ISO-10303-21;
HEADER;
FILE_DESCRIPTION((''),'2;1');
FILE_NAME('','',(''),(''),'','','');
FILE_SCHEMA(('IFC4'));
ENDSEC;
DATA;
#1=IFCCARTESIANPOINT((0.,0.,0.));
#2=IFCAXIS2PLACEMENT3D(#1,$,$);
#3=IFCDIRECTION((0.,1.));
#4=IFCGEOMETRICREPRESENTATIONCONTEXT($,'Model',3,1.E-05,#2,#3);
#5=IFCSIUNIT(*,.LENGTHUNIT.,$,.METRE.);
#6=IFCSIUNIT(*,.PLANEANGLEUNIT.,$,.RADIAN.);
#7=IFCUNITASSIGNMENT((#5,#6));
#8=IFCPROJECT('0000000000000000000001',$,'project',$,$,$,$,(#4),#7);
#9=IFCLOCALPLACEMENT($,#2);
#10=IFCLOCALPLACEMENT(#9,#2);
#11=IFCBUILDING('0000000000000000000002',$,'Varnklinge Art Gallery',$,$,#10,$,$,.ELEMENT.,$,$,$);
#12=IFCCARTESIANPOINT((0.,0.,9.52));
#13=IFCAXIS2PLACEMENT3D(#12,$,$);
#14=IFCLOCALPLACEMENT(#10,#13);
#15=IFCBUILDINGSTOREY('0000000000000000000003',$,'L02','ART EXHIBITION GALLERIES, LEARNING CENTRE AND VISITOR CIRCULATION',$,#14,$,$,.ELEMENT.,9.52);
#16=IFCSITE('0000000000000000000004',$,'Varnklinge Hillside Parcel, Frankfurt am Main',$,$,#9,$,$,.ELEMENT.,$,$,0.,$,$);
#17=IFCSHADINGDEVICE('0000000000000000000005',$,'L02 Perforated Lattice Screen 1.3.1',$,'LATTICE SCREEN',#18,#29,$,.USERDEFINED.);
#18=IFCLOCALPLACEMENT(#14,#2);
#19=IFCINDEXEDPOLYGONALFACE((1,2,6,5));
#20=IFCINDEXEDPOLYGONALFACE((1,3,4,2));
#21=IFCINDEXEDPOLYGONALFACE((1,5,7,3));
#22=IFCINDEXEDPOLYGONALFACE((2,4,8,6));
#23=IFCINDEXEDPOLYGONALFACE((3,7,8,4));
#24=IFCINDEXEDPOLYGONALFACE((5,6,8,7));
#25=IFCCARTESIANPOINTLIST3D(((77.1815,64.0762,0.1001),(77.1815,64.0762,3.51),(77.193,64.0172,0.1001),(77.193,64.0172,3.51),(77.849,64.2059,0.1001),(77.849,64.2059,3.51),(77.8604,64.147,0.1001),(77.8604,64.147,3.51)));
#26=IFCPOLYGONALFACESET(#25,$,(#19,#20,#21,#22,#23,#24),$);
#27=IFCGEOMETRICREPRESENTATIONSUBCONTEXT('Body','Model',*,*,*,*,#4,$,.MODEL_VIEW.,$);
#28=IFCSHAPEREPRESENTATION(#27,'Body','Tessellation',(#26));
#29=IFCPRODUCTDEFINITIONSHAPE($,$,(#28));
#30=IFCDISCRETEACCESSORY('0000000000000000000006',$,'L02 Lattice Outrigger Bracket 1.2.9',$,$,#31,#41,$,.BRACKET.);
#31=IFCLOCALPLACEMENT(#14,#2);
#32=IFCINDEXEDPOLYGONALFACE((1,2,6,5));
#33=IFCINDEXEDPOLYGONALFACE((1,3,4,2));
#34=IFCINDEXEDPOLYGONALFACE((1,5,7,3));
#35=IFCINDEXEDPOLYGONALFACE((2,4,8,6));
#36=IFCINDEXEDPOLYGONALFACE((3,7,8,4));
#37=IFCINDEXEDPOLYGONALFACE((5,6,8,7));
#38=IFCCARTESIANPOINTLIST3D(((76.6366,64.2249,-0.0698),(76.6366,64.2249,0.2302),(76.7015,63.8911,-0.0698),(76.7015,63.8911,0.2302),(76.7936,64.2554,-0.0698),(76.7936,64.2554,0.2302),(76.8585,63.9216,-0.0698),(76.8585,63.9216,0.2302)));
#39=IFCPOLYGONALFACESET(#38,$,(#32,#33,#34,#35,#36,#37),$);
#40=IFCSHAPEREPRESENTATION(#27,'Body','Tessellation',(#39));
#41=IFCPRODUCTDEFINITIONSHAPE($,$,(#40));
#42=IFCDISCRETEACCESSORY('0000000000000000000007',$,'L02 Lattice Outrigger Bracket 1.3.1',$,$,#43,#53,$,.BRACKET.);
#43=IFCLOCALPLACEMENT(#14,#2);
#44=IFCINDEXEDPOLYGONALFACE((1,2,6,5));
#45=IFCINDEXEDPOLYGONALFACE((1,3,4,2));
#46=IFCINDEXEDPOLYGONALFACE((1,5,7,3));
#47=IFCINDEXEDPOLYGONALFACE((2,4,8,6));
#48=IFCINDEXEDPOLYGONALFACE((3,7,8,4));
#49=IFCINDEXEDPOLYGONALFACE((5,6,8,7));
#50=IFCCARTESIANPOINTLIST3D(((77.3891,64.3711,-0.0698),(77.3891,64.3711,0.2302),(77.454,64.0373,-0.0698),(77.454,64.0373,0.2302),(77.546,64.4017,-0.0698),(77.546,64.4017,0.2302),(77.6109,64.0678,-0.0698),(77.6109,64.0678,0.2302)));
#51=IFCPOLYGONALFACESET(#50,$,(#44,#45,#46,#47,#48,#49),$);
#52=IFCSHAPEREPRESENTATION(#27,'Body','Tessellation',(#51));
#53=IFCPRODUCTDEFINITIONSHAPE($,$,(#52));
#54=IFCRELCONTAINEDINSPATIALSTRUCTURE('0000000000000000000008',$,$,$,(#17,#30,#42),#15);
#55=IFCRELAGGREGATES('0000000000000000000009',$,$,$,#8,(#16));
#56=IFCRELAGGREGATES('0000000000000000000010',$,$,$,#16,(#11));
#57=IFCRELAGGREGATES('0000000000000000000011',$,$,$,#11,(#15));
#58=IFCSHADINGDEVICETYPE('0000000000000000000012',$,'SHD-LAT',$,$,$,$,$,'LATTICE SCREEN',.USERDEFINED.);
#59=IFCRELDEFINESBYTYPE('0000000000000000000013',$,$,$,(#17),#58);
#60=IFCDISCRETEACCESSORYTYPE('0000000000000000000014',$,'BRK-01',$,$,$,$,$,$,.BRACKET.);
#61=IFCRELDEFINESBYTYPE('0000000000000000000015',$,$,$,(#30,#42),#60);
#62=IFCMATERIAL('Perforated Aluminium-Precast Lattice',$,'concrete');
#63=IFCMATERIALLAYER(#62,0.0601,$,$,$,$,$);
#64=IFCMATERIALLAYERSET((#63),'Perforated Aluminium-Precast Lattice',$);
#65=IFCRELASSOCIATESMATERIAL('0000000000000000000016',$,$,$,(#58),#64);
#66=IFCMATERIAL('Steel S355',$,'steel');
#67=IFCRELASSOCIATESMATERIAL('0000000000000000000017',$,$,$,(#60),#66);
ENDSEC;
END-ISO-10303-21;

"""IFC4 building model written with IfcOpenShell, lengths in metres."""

from ifc_helpers import new_model, si_unit, direction, frame, origin, origin_2d, place, context, subcontext, project, spatial, rectangle, extrude, material, layer, layer_set, type_object, element, save


model = new_model("IFC4")

# Units and contexts
model_context = context("Model", 3, precision=1e-05, world=origin(), true_north=direction((0.0, 1.0)))
body_context = subcontext(model_context, "Body", "Model", "MODEL_VIEW")
ifc_project = project(units=[si_unit("LENGTHUNIT", "METRE"), si_unit("PLANEANGLEUNIT", "RADIAN")], contexts=[model_context])

# Site, building, storey
site_placement = place(None, origin())
site = spatial("IfcSite", under=ifc_project, at=site_placement, Name="Varnklinge Hillside Parcel, Frankfurt am Main", CompositionType="ELEMENT", RefElevation=0.0)
building_placement = place(site_placement, origin())
building = spatial("IfcBuilding", under=site, at=building_placement, Name="Varnklinge Art Gallery", CompositionType="ELEMENT")
storey_placement = place(building_placement, frame((0.0, 0.0, 9.52)))
storey = spatial("IfcBuildingStorey", under=building, at=storey_placement, Name="L02", Description="ART EXHIBITION GALLERIES, LEARNING CENTRE AND VISITOR CIRCULATION", CompositionType="ELEMENT", Elevation=9.52)

# Shading device
ifc_material_1 = material(Name="Perforated Aluminium-Precast Lattice", Category="concrete")
ifc_layer_1 = layer(ifc_material_1, 0.0601)
ifc_layer_set_1 = layer_set([ifc_layer_1], Name="Perforated Aluminium-Precast Lattice")
shading_device_type = type_object("IfcShadingDeviceType", Name="SHD-LAT", ElementType="LATTICE SCREEN", PredefinedType="USERDEFINED", material=ifc_layer_set_1)
shading_device_placement = place(storey_placement, frame((77.521, 64.1116, 0.1001), z_axis=(0.0, 0.0, 1.0), x_axis=(0.981627, 0.190809, 0.0)))
element("IfcShadingDevice", 1, at=shading_device_placement, inside=storey, type_object=shading_device_type, Name="L02 Perforated Lattice Screen 1.3.1", ObjectType="LATTICE SCREEN", PredefinedType="USERDEFINED", context=body_context, shape_type="SweptSolid", body=[
    extrude(rectangle(XDim=0.6799, YDim=0.0601, at=origin_2d()), origin(), (0.0, 0.0, 1.0), 3.4099),
])

# Discrete accessories
ifc_material_2 = material(Name="Steel S355", Category="steel")
discrete_accessory_type = type_object("IfcDiscreteAccessoryType", Name="BRK-01", PredefinedType="BRACKET", material=ifc_material_2)
for number, where, z_axis, x_axis, name in (
    (2, (76.7476, 64.0732, -0.0698), (0.0, 0.0, 1.0), (0.981627, 0.190809, 0.0), "L02 Lattice Outrigger Bracket 1.2.9"),
    (3, (77.5, 64.2195, -0.0698), (0.0, 0.0, 1.0), (0.981627, 0.190809, 0.0), "L02 Lattice Outrigger Bracket 1.3.1"),
):
    element("IfcDiscreteAccessory", number, at=place(storey_placement, frame(where, z_axis=z_axis, x_axis=x_axis)), inside=storey, type_object=discrete_accessory_type, Name=name, PredefinedType="BRACKET", context=body_context, shape_type="SweptSolid", body=[
        extrude(rectangle(XDim=0.1599, YDim=0.3401, at=origin_2d()), origin(), (0.0, 0.0, 1.0), 0.3),
    ])

save(model, "model.ifc")
